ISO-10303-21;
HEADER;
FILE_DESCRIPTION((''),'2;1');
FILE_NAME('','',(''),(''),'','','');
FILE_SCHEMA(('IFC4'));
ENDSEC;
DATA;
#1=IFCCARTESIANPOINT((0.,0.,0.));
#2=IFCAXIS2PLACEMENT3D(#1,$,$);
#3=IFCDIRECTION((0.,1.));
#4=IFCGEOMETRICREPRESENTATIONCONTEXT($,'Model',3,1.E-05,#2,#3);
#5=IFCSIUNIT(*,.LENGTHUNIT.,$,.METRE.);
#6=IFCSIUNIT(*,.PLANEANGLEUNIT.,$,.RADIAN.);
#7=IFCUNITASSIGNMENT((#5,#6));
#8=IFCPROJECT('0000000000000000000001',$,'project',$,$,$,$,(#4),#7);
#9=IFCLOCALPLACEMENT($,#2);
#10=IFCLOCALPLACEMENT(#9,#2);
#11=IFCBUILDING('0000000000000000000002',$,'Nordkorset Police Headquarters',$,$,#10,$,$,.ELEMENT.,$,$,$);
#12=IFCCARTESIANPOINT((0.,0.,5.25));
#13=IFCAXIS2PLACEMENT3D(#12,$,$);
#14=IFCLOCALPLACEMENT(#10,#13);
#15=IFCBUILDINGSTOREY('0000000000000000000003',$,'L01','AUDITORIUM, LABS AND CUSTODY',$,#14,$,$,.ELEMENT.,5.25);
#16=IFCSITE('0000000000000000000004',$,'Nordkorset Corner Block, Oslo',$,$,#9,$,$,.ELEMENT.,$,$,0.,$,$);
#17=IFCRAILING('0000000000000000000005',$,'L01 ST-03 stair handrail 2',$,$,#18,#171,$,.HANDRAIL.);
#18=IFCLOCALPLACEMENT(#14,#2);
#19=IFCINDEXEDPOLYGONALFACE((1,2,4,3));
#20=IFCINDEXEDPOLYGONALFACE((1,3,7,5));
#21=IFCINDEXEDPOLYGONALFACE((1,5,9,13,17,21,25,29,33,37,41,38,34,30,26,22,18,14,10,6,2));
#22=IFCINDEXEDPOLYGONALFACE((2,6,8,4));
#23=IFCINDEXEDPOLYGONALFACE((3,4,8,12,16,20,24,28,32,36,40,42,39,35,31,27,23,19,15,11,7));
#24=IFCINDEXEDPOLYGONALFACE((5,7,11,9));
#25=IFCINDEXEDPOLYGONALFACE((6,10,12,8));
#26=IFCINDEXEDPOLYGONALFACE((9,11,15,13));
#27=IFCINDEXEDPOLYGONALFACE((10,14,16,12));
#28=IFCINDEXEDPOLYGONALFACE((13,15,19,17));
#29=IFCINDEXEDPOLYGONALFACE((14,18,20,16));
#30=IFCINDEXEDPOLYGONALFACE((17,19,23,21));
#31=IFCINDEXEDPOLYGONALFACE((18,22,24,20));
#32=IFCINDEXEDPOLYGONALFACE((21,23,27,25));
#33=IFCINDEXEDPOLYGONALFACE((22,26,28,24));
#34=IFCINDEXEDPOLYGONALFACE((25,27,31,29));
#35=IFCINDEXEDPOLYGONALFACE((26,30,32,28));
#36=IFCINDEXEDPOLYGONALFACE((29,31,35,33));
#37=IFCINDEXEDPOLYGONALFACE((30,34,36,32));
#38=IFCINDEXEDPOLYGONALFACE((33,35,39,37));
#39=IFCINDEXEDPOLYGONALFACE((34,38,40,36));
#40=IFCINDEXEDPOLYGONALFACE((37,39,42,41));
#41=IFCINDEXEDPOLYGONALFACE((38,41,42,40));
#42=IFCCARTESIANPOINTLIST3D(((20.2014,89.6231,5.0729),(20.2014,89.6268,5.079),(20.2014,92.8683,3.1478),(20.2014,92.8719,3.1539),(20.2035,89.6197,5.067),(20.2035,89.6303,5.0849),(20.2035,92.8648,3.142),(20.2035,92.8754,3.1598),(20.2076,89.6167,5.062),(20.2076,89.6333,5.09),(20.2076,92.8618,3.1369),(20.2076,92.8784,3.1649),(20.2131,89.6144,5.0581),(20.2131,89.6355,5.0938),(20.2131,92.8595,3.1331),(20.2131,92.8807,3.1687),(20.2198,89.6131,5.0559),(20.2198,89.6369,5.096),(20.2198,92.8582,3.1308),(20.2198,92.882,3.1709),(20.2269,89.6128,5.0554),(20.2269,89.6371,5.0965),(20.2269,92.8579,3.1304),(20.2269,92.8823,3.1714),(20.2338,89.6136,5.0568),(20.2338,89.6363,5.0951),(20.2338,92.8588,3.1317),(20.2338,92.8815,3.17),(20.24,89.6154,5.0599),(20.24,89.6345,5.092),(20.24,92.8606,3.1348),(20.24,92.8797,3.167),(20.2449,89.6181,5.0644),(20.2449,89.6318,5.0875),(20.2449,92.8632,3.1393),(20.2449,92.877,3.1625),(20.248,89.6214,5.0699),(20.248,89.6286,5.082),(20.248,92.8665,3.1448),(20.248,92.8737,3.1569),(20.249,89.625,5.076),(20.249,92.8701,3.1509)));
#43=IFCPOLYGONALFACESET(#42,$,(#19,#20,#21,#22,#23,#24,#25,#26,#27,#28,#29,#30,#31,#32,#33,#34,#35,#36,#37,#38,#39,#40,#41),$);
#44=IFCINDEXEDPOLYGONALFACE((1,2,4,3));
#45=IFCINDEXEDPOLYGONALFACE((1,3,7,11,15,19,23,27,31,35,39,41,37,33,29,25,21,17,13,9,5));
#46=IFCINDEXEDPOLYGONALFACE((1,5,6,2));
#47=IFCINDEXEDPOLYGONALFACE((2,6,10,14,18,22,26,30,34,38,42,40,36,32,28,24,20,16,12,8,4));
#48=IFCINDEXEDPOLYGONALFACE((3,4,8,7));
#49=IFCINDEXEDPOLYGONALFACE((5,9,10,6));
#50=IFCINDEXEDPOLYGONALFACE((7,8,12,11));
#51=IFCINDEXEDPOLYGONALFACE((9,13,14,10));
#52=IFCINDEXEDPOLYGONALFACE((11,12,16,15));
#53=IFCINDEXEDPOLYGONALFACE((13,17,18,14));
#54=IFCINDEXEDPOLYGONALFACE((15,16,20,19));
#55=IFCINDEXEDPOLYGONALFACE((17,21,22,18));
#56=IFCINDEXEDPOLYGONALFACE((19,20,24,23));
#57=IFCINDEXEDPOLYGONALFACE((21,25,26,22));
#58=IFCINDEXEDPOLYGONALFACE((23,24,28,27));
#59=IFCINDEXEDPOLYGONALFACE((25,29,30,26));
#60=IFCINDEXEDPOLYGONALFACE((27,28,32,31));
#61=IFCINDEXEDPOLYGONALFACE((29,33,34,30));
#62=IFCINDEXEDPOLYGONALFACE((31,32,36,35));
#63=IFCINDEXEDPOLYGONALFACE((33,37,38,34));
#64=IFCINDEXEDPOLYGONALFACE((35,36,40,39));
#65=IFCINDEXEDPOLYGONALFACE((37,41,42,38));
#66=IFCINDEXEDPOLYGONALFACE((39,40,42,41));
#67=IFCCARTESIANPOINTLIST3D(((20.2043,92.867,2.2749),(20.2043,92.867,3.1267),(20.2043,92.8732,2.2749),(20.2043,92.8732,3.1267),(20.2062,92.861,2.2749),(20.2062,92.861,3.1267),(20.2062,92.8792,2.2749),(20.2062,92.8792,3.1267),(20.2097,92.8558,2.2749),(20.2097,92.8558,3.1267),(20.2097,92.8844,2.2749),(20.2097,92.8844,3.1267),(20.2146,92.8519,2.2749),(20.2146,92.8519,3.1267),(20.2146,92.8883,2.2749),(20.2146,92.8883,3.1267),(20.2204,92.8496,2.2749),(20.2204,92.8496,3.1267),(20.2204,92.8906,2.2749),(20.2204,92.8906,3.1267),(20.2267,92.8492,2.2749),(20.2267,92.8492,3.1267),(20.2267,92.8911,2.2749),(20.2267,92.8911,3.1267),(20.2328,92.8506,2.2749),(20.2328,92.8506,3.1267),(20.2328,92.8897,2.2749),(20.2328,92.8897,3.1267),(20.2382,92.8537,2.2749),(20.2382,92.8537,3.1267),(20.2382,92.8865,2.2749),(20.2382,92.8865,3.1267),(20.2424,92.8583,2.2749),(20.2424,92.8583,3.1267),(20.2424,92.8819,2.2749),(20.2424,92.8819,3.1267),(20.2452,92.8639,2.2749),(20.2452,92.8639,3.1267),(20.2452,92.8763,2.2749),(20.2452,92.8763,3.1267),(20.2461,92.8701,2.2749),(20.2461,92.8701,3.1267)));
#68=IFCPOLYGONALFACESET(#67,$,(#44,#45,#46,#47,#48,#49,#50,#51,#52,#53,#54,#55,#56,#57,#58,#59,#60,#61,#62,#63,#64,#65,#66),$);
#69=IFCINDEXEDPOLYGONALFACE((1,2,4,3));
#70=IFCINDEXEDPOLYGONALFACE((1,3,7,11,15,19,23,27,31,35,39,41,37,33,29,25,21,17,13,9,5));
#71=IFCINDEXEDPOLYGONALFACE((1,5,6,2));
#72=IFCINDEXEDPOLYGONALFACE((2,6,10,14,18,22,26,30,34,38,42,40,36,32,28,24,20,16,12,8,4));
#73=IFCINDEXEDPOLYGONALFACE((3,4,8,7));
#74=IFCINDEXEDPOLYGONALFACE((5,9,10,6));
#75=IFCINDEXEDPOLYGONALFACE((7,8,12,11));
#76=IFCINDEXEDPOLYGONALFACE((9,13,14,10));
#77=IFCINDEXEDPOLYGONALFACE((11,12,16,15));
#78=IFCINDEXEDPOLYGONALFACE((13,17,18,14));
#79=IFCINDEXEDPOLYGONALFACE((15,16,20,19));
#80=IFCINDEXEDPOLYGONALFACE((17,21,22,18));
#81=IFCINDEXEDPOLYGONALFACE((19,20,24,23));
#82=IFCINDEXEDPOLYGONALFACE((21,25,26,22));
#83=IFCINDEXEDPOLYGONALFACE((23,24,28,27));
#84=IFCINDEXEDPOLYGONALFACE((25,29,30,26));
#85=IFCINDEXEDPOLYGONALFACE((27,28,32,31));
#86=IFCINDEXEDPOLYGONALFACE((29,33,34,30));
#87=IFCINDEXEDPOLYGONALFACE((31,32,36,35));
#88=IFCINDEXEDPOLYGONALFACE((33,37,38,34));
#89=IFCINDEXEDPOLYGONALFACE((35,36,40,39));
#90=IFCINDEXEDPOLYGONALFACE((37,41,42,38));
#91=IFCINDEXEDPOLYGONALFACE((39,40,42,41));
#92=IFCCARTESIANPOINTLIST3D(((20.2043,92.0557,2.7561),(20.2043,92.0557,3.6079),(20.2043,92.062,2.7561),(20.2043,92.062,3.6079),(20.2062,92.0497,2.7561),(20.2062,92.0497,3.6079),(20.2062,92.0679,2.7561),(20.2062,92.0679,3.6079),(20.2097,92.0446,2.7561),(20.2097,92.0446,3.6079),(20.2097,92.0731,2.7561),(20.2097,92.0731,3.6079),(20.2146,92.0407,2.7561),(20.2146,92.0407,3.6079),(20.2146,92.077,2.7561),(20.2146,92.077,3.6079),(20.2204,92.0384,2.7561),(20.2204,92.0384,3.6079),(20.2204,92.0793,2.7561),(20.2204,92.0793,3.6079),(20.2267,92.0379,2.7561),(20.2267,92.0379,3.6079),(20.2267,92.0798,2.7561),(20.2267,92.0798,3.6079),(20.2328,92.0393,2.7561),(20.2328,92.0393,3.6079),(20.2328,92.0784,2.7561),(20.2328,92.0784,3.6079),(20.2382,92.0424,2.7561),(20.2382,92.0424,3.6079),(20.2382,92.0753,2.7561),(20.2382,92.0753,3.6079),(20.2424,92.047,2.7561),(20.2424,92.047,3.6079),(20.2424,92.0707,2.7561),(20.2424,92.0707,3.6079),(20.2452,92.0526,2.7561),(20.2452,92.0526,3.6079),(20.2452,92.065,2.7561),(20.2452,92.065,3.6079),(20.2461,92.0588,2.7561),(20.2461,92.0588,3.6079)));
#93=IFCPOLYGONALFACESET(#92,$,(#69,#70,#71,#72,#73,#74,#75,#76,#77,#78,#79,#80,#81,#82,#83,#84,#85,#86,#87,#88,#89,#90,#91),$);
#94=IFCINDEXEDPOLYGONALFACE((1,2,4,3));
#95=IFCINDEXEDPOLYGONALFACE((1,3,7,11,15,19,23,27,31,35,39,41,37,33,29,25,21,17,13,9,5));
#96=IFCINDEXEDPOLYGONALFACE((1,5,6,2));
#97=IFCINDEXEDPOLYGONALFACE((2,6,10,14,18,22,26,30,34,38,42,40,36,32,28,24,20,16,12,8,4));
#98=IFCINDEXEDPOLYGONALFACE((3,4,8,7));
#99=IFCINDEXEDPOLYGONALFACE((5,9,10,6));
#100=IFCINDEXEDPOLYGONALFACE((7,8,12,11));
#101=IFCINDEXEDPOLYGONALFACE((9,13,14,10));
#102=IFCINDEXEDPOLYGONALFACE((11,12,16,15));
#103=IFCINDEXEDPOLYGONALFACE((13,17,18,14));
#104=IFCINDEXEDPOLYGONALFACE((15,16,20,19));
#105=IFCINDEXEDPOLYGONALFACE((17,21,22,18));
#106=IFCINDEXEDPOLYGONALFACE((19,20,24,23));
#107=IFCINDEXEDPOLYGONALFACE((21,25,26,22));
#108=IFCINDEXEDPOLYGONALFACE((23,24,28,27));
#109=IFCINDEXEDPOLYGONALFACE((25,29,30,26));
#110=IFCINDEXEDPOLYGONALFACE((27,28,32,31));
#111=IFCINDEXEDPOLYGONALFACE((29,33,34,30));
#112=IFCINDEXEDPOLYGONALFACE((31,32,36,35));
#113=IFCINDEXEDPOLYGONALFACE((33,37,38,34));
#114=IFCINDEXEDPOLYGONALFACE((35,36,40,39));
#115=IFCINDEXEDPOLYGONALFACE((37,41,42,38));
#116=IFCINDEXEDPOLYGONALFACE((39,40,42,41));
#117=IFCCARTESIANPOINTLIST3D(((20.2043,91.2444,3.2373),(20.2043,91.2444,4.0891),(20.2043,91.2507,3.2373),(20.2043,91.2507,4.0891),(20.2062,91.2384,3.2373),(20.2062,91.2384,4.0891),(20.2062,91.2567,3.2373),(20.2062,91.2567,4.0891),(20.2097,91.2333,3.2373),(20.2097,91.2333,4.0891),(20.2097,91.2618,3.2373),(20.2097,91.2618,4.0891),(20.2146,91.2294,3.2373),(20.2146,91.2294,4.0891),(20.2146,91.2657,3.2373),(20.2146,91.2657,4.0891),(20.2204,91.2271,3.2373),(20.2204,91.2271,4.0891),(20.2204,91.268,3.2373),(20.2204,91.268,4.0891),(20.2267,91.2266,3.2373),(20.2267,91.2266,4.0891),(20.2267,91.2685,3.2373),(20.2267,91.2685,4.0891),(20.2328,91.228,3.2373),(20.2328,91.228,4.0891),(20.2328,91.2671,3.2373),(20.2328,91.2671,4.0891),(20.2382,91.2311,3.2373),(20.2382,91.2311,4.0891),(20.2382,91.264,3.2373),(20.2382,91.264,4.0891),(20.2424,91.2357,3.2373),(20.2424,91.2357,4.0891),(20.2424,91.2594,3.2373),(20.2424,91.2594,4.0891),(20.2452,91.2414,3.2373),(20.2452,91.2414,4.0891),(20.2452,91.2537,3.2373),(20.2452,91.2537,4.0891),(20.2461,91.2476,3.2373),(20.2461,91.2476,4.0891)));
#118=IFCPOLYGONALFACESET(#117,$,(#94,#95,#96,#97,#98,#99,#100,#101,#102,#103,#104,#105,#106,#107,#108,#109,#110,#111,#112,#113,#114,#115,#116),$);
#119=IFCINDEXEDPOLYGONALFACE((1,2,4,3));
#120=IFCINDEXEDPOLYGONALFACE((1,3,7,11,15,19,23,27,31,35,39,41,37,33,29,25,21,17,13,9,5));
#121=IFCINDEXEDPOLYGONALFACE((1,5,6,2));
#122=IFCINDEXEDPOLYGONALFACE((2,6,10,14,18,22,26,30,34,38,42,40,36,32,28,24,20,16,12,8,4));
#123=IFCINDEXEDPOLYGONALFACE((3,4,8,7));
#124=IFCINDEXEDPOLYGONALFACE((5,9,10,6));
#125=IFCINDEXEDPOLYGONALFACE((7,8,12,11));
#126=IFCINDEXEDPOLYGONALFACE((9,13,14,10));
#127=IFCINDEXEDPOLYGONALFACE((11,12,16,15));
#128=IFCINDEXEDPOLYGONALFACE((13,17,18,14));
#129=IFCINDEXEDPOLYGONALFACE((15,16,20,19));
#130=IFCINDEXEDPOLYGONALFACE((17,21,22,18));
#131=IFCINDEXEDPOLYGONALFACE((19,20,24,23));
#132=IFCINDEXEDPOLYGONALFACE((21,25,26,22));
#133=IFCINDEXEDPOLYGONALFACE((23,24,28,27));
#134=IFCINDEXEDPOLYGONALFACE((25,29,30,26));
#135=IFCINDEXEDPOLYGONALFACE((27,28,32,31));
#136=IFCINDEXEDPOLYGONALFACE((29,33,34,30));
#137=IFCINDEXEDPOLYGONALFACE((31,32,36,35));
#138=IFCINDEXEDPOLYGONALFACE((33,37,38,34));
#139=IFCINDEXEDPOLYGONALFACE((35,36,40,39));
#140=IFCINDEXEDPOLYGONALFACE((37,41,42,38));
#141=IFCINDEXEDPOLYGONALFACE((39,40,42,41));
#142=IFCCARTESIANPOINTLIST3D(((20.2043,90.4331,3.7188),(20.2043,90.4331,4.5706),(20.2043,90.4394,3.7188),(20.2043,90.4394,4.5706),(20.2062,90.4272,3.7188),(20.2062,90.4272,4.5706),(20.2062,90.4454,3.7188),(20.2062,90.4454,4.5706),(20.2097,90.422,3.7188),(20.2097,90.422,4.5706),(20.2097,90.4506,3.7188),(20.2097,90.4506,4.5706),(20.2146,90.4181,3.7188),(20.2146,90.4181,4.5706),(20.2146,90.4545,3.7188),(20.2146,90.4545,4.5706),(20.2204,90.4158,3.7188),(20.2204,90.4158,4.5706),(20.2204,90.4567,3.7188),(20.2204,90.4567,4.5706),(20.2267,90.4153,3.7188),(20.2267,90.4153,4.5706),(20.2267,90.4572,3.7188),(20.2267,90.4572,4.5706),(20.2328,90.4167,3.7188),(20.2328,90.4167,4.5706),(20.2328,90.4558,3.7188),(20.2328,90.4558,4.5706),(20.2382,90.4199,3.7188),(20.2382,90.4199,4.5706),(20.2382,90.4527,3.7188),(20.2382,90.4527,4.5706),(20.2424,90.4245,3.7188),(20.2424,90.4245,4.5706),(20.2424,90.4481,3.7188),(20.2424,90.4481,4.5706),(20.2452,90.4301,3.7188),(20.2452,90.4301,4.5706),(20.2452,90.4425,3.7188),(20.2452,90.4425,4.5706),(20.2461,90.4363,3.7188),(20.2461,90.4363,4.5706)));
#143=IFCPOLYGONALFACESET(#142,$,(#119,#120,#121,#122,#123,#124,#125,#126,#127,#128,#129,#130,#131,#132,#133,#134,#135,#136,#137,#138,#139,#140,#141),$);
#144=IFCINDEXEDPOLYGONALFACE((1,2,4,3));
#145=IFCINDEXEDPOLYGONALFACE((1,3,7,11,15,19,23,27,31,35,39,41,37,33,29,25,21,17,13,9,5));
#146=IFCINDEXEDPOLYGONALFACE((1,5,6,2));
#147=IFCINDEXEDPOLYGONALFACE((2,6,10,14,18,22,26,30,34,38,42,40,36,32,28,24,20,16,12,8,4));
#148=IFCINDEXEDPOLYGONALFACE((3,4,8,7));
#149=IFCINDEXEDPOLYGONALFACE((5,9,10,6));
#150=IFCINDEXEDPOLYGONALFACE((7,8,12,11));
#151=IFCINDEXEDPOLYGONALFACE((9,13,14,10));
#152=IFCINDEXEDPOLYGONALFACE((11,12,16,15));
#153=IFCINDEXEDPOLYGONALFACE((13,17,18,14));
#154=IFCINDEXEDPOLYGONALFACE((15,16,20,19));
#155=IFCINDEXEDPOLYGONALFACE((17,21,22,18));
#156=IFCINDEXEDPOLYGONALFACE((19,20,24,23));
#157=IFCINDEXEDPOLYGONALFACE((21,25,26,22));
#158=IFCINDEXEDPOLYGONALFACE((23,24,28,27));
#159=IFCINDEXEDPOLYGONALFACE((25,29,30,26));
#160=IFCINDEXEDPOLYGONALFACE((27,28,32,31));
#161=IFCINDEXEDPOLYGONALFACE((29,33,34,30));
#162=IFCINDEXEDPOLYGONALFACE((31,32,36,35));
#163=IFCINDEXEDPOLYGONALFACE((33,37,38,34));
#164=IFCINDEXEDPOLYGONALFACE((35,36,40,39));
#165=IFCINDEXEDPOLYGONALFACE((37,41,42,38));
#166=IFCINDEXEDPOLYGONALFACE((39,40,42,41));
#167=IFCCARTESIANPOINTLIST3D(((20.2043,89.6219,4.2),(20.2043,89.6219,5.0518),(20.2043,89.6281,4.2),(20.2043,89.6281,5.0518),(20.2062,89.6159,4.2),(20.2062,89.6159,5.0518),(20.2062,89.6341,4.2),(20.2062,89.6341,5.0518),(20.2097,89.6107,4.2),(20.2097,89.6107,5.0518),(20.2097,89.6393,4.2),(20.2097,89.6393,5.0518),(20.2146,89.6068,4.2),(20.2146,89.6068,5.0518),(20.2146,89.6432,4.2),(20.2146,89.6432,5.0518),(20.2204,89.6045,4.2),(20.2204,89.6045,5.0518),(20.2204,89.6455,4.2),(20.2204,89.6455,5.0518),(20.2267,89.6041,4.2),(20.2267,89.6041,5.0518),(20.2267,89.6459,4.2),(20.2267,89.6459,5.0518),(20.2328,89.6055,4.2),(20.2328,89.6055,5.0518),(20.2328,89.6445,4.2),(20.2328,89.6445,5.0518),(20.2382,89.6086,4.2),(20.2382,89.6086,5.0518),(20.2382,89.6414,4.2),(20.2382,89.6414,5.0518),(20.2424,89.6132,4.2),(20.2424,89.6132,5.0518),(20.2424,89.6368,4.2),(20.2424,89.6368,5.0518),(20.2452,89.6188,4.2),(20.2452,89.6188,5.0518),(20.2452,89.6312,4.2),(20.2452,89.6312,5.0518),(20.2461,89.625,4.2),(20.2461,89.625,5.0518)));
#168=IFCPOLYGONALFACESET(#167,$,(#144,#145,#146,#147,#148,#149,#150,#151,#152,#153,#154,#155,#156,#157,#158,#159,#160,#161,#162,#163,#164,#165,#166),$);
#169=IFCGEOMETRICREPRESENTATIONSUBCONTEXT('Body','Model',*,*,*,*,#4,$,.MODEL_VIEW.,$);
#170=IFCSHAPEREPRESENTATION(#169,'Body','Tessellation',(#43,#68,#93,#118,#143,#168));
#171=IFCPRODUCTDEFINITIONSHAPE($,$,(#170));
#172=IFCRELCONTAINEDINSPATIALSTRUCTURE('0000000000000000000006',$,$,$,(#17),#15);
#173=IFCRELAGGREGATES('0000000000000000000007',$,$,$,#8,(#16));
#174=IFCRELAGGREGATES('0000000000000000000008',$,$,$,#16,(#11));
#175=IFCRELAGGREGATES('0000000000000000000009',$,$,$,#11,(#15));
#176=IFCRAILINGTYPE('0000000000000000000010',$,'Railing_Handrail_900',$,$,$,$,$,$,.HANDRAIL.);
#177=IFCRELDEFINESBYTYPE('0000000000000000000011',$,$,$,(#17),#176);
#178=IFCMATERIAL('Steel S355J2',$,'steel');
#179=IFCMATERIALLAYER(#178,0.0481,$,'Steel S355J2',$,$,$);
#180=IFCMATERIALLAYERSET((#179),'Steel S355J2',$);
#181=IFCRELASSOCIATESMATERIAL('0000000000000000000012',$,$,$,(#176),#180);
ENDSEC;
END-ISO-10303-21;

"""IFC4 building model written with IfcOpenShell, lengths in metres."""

from ifc_helpers import new_model, si_unit, direction, frame, origin, origin_2d, place, context, subcontext, project, spatial, circle, extrude, material, layer, layer_set, type_object, element, save


model = new_model("IFC4")

# Units and contexts
model_context = context("Model", 3, precision=1e-05, world=origin(), true_north=direction((0.0, 1.0)))
body_context = subcontext(model_context, "Body", "Model", "MODEL_VIEW")
ifc_project = project(units=[si_unit("LENGTHUNIT", "METRE"), si_unit("PLANEANGLEUNIT", "RADIAN")], contexts=[model_context])

# Site, building, storey
site_placement = place(None, origin())
site = spatial("IfcSite", under=ifc_project, at=site_placement, Name="Nordkorset Corner Block, Oslo", CompositionType="ELEMENT", RefElevation=0.0)
building_placement = place(site_placement, origin())
building = spatial("IfcBuilding", under=site, at=building_placement, Name="Nordkorset Police Headquarters", CompositionType="ELEMENT")
storey_placement = place(building_placement, frame((0.0, 0.0, 5.25)))
storey = spatial("IfcBuildingStorey", under=building, at=storey_placement, Name="L01", Description="AUDITORIUM, LABS AND CUSTODY", CompositionType="ELEMENT", Elevation=5.25)

# Railing
ifc_material_1 = material(Name="Steel S355J2", Category="steel")
ifc_layer_1 = layer(ifc_material_1, 0.0481, Name="Steel S355J2")
ifc_layer_set_1 = layer_set([ifc_layer_1], Name="Steel S355J2")
railing_type_1 = type_object("IfcRailingType", Name="Railing_Handrail_900", PredefinedType="HANDRAIL", material=ifc_layer_set_1)
railing_1_placement = place(storey_placement, frame((20.2251, 92.8701, 2.2749)))
element("IfcRailing", 1, at=railing_1_placement, inside=storey, type_object=railing_type_1, Name="L01 ST-03 stair handrail 2", PredefinedType="HANDRAIL", context=body_context, shape_type="SweptSolid", body=[
    extrude(circle(Radius=0.0239, at=origin_2d()), frame((0.0, 0.0, 0.876), z_axis=(0.0, -0.860057, 0.510198), x_axis=(1.0, 0.0, 0.0)), (0.0, 0.0, 1.0), 3.7732),
    extrude(circle(Radius=0.021, at=origin_2d()), origin(), (0.0, 0.0, 1.0), 0.8518),
    extrude(circle(Radius=0.021, at=origin_2d()), frame((0.0, -0.8113, 0.4812)), (0.0, 0.0, 1.0), 0.8518),
    extrude(circle(Radius=0.021, at=origin_2d()), frame((0.0, -1.6226, 0.9624)), (0.0, 0.0, 1.0), 0.8518),
    extrude(circle(Radius=0.021, at=origin_2d()), frame((0.0, -2.4338, 1.4438)), (0.0, 0.0, 1.0), 0.8518),
    extrude(circle(Radius=0.021, at=origin_2d()), frame((0.0, -3.2451, 1.925)), (0.0, 0.0, 1.0), 0.8518),
])

save(model, "model.ifc")
